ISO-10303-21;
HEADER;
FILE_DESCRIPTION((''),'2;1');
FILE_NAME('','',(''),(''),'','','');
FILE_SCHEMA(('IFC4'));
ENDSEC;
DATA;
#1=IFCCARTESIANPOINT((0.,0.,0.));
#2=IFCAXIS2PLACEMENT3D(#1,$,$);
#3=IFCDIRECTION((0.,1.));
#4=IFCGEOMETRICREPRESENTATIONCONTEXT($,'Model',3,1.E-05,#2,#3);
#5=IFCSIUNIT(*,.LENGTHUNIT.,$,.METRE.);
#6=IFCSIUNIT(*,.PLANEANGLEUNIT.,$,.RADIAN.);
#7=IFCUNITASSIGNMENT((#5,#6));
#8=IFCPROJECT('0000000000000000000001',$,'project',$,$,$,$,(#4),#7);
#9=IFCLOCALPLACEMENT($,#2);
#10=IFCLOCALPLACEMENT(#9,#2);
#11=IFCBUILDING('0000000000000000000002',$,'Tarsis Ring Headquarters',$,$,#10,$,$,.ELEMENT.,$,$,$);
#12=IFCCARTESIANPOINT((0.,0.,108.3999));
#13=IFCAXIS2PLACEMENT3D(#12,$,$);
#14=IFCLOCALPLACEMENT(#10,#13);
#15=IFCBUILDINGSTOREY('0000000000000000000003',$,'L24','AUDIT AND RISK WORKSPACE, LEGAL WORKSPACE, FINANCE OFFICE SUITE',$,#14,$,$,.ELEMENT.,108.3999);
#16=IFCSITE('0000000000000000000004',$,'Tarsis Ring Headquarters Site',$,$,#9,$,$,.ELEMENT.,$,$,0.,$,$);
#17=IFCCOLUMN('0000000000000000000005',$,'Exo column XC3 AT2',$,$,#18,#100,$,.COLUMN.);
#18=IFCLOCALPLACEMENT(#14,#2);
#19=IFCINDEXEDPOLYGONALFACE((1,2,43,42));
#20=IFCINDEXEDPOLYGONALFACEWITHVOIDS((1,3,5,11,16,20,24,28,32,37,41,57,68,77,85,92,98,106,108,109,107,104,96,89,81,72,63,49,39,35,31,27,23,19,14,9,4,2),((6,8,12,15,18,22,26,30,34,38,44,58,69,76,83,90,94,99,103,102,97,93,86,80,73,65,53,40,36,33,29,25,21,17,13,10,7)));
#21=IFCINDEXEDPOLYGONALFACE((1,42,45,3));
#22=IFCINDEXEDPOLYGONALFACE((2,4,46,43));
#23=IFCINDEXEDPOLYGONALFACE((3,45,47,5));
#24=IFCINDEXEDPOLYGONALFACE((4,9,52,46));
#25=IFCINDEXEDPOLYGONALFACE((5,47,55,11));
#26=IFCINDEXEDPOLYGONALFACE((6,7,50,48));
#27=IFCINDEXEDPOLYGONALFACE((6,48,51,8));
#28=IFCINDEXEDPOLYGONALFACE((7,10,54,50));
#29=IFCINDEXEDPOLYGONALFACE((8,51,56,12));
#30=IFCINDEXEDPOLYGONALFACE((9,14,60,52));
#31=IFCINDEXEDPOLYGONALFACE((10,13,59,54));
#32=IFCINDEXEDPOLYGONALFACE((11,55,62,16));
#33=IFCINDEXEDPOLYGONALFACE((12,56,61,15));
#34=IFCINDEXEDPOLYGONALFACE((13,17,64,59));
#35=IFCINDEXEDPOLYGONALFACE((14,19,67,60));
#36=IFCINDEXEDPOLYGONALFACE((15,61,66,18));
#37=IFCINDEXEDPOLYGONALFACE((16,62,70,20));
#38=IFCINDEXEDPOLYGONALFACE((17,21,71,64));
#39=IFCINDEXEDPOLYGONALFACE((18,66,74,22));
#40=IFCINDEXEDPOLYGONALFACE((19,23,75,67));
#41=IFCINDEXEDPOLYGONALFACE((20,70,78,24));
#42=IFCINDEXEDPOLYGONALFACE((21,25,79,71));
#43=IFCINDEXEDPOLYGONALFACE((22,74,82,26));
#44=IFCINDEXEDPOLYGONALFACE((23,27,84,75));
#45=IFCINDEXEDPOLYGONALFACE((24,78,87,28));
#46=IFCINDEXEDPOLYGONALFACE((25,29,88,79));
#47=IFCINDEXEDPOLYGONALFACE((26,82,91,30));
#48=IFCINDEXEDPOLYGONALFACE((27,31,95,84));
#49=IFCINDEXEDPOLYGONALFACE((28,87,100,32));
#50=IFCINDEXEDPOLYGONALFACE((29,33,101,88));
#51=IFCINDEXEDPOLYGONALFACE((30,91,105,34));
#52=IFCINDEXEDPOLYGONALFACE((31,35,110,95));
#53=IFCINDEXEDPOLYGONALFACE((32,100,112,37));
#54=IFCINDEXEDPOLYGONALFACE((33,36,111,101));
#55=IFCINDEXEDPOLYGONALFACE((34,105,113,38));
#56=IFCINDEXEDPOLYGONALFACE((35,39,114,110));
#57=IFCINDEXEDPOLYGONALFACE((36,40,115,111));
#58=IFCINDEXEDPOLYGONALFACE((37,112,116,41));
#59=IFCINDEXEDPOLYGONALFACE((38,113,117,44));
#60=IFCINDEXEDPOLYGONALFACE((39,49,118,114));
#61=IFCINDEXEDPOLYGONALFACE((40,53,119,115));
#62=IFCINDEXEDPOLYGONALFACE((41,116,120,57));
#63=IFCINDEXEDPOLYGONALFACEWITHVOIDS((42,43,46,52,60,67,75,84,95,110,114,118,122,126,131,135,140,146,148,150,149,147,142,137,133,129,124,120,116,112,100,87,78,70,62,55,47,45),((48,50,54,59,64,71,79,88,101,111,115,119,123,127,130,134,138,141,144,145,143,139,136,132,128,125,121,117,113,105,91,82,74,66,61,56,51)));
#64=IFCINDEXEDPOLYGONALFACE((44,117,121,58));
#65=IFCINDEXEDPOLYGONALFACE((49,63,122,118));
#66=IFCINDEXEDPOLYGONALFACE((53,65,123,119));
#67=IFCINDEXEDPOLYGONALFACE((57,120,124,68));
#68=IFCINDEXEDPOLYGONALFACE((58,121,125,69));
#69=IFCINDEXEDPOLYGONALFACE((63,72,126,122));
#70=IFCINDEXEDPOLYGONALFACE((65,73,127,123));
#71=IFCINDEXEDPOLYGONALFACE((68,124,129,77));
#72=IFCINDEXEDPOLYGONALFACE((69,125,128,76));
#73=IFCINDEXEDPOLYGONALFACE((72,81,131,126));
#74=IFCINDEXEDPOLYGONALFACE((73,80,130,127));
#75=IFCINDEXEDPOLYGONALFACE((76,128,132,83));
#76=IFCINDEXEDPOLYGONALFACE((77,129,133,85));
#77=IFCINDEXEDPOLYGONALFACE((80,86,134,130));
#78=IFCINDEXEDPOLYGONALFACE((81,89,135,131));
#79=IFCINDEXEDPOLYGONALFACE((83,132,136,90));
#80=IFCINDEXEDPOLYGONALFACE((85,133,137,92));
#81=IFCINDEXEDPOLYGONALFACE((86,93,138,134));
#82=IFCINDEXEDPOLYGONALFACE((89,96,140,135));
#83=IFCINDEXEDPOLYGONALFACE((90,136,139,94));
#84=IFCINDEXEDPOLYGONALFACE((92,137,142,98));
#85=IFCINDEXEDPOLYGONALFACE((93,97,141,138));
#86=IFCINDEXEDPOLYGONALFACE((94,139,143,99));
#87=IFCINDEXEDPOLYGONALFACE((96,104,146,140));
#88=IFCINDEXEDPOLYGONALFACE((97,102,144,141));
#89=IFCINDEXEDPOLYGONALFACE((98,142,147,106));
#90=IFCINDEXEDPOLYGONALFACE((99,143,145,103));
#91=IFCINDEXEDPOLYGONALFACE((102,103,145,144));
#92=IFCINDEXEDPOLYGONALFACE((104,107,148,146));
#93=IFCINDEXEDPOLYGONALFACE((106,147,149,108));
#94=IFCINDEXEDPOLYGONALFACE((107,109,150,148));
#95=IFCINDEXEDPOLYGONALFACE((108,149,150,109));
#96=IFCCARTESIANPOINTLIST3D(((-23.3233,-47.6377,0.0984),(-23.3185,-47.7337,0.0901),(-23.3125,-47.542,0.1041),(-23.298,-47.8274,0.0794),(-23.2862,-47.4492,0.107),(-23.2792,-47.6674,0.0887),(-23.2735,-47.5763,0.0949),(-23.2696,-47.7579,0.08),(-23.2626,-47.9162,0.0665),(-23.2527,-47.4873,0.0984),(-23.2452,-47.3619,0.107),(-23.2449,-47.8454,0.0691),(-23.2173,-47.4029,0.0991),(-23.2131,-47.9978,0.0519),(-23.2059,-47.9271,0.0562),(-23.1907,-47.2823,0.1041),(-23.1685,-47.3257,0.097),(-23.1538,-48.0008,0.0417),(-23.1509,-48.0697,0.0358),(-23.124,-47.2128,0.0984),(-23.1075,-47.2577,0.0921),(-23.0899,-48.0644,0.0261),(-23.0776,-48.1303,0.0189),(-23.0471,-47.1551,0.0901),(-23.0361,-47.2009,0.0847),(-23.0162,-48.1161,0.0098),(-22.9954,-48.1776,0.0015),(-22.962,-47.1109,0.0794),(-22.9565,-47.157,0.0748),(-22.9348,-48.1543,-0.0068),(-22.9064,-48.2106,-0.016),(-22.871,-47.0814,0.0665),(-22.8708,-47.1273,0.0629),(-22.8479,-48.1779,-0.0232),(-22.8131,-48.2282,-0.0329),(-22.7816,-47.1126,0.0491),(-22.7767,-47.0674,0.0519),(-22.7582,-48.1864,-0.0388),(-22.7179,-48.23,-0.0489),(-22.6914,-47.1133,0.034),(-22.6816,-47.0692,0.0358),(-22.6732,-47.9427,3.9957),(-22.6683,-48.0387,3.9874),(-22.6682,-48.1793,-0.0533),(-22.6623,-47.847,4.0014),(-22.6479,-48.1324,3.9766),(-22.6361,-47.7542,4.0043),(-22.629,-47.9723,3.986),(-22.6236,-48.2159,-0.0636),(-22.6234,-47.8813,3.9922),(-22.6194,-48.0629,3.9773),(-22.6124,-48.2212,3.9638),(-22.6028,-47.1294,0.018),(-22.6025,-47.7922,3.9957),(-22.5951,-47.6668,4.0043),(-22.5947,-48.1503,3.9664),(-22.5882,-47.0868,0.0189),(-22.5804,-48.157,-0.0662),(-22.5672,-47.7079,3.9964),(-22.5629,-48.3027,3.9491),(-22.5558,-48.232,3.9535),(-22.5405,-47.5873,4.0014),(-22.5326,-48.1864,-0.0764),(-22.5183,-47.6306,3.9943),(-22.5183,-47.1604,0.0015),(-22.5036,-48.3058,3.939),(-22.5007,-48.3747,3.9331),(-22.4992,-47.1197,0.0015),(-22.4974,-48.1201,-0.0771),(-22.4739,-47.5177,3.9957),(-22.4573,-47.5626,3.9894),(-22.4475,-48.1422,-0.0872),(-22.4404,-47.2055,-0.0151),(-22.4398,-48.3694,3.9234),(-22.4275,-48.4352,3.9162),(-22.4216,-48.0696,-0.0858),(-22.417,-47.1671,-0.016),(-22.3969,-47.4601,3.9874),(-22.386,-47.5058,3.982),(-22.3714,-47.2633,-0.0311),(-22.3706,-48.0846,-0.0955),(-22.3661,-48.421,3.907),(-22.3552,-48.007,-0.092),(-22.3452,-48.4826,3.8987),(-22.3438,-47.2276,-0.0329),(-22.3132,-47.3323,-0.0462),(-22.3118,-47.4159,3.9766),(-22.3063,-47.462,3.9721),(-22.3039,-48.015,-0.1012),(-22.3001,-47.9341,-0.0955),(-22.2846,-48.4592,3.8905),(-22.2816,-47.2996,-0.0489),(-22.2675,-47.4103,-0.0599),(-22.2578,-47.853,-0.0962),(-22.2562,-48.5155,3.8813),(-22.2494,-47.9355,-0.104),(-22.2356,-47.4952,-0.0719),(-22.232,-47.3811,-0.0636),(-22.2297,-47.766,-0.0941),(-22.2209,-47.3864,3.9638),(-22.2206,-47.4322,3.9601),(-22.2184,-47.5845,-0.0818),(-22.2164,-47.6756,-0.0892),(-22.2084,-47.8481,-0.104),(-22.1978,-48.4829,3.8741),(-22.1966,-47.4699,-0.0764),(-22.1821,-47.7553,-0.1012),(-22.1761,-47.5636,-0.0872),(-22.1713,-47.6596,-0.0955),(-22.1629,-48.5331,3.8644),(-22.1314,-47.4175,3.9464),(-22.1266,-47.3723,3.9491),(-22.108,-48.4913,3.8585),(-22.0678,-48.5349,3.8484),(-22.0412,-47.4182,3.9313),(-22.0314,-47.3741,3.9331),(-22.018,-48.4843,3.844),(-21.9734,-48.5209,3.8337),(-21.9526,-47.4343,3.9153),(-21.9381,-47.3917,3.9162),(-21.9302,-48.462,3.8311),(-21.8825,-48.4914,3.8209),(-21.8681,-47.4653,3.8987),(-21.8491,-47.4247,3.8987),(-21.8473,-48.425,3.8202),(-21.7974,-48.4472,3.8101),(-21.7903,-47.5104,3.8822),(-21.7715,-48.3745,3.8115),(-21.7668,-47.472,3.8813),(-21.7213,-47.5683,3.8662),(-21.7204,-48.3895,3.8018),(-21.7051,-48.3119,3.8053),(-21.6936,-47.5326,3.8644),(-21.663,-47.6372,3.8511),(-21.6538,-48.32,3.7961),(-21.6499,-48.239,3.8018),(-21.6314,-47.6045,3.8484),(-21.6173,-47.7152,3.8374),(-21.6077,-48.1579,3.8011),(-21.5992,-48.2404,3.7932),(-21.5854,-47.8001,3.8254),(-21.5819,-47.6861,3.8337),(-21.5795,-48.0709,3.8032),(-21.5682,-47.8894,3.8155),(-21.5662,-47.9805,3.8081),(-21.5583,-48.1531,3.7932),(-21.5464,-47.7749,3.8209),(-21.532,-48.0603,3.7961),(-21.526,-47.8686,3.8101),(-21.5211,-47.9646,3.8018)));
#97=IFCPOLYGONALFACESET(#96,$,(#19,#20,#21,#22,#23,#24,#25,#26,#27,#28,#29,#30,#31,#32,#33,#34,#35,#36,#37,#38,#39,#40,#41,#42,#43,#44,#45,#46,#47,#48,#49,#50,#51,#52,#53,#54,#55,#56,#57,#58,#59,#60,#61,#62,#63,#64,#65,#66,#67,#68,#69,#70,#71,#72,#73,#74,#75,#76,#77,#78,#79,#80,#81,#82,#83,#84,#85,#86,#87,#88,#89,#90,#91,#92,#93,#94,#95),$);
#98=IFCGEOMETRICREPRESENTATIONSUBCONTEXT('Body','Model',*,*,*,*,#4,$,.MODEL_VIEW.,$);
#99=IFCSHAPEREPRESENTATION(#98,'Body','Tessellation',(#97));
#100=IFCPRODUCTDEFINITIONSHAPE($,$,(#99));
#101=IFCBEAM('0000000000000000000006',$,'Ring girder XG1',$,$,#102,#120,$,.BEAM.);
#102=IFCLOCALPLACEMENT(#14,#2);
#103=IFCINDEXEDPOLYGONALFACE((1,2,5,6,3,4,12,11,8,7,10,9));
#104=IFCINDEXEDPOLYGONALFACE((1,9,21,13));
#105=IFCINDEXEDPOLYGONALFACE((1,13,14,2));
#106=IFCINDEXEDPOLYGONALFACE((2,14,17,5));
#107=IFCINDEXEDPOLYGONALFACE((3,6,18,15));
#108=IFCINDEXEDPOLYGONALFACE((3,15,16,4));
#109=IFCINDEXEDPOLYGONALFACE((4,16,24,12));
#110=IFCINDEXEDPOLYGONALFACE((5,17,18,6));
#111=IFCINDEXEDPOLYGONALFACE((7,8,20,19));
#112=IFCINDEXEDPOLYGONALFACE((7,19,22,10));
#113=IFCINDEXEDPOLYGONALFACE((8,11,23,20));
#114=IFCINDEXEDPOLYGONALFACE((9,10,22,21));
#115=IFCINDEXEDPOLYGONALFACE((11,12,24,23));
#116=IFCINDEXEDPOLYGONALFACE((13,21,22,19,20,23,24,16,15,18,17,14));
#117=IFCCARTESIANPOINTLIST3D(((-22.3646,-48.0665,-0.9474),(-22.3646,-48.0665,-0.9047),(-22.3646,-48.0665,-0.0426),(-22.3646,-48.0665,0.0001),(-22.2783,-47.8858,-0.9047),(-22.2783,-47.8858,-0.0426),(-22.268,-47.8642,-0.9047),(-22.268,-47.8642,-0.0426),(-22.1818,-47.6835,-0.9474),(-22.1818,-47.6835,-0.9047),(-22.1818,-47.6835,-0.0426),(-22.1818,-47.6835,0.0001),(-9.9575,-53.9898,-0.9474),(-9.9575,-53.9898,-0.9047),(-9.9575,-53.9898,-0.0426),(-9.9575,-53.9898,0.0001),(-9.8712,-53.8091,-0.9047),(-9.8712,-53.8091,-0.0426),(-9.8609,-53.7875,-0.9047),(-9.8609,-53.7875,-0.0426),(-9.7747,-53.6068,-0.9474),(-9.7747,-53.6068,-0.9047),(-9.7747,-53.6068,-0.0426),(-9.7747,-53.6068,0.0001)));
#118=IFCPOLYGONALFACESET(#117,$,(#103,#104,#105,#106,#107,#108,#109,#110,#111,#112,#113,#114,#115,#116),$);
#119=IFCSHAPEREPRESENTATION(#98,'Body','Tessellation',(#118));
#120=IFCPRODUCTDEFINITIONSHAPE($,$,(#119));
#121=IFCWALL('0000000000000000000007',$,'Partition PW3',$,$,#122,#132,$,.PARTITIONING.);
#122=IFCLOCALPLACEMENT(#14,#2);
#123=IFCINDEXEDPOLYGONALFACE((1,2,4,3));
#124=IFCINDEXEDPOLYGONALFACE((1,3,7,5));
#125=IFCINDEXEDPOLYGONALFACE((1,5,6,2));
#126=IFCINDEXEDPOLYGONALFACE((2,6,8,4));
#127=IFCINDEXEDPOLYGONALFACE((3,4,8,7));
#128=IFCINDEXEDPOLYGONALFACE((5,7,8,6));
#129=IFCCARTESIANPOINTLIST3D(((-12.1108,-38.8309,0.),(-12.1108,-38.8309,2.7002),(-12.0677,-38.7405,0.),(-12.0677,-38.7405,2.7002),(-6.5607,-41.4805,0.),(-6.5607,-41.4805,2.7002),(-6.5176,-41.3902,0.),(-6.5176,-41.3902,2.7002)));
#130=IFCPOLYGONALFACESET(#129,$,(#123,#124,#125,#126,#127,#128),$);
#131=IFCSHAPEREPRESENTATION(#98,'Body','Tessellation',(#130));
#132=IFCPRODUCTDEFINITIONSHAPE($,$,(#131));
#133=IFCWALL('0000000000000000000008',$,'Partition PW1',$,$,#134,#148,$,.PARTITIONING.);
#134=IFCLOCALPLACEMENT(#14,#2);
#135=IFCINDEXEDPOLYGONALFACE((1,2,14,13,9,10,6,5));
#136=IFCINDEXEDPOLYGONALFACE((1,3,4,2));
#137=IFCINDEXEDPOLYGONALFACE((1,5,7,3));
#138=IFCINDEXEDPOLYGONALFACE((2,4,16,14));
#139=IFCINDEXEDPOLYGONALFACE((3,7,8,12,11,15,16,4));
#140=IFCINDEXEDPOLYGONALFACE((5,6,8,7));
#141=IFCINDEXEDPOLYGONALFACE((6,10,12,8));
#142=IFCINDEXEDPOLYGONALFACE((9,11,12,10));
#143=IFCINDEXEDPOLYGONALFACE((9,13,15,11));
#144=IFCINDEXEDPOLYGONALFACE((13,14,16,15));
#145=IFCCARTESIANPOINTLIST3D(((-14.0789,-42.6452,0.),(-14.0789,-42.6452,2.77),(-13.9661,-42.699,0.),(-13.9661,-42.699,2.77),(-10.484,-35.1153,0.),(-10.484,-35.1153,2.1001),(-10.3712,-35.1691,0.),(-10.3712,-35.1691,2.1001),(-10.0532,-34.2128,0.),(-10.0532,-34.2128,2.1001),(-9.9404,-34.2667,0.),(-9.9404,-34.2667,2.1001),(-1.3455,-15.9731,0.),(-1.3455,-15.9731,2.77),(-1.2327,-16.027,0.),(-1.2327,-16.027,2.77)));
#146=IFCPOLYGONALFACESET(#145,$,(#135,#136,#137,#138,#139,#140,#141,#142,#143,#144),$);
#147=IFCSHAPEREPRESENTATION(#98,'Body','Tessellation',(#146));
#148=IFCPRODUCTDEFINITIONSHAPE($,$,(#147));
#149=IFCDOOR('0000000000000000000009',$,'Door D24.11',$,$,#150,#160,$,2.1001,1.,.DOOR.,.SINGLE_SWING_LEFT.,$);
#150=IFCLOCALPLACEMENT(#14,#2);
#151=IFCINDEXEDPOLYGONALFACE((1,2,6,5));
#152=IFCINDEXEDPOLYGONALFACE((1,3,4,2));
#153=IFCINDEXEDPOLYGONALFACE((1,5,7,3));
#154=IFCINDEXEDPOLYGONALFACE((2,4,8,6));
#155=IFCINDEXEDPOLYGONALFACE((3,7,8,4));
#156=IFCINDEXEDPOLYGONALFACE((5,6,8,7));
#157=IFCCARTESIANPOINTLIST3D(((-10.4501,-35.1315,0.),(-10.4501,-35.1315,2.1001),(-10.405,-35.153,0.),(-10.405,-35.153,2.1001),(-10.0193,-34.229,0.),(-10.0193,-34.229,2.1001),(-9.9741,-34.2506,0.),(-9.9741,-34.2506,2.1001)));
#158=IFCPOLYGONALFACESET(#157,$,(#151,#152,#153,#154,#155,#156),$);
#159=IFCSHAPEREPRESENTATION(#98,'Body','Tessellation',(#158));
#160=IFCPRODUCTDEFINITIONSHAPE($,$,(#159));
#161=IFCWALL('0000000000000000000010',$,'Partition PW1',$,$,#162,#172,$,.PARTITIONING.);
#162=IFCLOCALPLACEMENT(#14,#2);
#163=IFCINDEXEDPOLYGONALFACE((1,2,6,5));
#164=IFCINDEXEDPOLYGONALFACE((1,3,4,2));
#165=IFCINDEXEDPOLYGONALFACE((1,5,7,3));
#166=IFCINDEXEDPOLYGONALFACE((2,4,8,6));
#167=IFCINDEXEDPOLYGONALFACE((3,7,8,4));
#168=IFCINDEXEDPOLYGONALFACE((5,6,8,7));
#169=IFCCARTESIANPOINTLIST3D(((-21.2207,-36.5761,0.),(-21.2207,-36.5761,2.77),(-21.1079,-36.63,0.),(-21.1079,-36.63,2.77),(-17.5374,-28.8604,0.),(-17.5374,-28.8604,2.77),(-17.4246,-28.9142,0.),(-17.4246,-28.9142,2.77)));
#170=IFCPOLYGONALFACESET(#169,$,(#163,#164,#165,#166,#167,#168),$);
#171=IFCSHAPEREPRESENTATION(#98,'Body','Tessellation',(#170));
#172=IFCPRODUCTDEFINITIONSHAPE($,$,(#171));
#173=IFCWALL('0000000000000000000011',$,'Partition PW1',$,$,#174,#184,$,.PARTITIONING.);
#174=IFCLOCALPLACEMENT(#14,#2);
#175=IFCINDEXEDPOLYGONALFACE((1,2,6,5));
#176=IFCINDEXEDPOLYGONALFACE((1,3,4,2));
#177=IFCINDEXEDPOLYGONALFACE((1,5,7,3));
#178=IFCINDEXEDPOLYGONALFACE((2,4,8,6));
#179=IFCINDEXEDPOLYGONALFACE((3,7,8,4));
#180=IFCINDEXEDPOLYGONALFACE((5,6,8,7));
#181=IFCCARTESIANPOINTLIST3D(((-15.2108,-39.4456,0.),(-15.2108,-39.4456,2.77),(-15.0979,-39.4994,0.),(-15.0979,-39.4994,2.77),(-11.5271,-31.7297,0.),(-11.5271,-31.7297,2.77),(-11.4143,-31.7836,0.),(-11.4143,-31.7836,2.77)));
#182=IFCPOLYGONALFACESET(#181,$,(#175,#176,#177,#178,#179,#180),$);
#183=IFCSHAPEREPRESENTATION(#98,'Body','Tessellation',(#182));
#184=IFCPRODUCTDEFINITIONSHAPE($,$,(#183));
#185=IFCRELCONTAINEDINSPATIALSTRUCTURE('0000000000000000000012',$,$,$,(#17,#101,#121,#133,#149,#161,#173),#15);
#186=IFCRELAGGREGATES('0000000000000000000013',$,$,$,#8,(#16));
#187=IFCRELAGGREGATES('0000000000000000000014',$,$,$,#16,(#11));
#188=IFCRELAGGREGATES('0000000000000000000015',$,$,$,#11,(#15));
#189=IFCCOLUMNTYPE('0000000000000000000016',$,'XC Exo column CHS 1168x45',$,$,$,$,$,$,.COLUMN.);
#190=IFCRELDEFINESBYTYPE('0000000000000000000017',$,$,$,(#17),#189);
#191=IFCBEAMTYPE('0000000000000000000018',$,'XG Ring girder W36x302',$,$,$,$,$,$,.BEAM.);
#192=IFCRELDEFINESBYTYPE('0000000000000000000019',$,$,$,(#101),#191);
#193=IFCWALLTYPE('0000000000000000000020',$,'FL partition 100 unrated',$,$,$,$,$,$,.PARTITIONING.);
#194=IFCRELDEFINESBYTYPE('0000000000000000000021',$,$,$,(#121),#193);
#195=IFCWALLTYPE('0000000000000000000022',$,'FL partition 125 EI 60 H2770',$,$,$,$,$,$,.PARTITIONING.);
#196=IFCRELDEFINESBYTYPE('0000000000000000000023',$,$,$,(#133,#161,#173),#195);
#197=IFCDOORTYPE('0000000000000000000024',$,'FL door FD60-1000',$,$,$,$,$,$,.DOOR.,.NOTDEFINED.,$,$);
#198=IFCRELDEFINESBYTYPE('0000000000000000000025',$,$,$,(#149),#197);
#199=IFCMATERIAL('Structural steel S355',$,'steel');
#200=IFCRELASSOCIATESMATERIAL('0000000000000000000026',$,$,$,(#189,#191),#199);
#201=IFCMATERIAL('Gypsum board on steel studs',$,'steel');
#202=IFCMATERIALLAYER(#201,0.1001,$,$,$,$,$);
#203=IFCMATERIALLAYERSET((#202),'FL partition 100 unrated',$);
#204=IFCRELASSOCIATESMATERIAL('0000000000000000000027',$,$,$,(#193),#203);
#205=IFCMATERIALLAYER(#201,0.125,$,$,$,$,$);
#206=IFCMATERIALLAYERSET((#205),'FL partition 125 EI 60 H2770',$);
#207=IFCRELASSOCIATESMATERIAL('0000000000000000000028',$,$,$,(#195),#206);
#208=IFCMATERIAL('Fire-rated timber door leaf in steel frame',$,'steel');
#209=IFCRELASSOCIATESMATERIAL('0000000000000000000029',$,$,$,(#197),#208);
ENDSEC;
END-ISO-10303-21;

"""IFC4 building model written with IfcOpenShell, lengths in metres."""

from ifc_helpers import new_model, si_unit, direction, frame, frame_2d, origin, origin_2d, place, context, subcontext, project, spatial, rectangle, hollow_circle, i_section, extrude, material, layer, layer_set, material_profile, profile_set, type_object, element, fill, save


model = new_model("IFC4")

# Units and contexts
model_context = context("Model", 3, precision=1e-05, world=origin(), true_north=direction((0.0, 1.0)))
body_context = subcontext(model_context, "Body", "Model", "MODEL_VIEW")
ifc_project = project(units=[si_unit("LENGTHUNIT", "METRE"), si_unit("PLANEANGLEUNIT", "RADIAN")], contexts=[model_context])

# Site, building, storey
site_placement = place(None, origin())
site = spatial("IfcSite", under=ifc_project, at=site_placement, Name="Tarsis Ring Headquarters Site", CompositionType="ELEMENT", RefElevation=0.0)
building_placement = place(site_placement, origin())
building = spatial("IfcBuilding", under=site, at=building_placement, Name="Tarsis Ring Headquarters", CompositionType="ELEMENT")
storey_placement = place(building_placement, frame((0.0, 0.0, 108.3999)))
storey = spatial("IfcBuildingStorey", under=building, at=storey_placement, Name="L24", Description="AUDIT AND RISK WORKSPACE, LEGAL WORKSPACE, FINANCE OFFICE SUITE", CompositionType="ELEMENT", Elevation=108.3999)

# Column
ifc_material_1 = material(Name="Structural steel S355", Category="steel")
ifc_material_profile_1 = material_profile(ifc_material_1, hollow_circle(Radius=0.5842, WallThickness=0.0449, at=origin_2d()), Name="CHS 1168x45")
ifc_profile_set_1 = profile_set([ifc_material_profile_1], Name="Structural steel S355")
column_type = type_object("IfcColumnType", Name="XC Exo column CHS 1168x45", PredefinedType="COLUMN", material=ifc_profile_set_1)
column_placement = place(storey_placement, frame((-22.7473, -47.6487, 0.0015), z_axis=(0.164061, -0.076948, 0.983444), x_axis=(0.424634, 0.905365, 0.0)))
element("IfcColumn", 1, at=column_placement, inside=storey, type_object=column_type, Name="Exo column XC3 AT2", PredefinedType="COLUMN", context=body_context, shape_type="SweptSolid", body=[
    extrude(hollow_circle(Radius=0.5842, WallThickness=0.0449, at=origin_2d()), origin(), (0.0, 0.0, 1.0), 3.9629),
])

# Beam
ifc_material_profile_2 = material_profile(ifc_material_1, i_section(OverallWidth=0.4243, OverallDepth=0.9475, WebThickness=0.0239, FlangeThickness=0.0427, at=origin_2d()), Name="W36x302")
ifc_profile_set_2 = profile_set([ifc_material_profile_2], Name="Structural steel S355")
beam_type = type_object("IfcBeamType", Name="XG Ring girder W36x302", PredefinedType="BEAM", material=ifc_profile_set_2)
beam_placement = place(storey_placement, frame((-22.2732, -47.875, -0.4736), z_axis=(0.902433, -0.430831, 0.0), x_axis=(0.430831, 0.902433, 0.0)))
element("IfcBeam", 2, at=beam_placement, inside=storey, type_object=beam_type, Name="Ring girder XG1", PredefinedType="BEAM", context=body_context, shape_type="SweptSolid", body=[
    extrude(i_section(OverallWidth=0.4243, OverallDepth=0.9475, WebThickness=0.0239, FlangeThickness=0.0427, at=origin_2d()), origin(), (0.0, 0.0, 1.0), 13.7485),
])

# Wall
ifc_material_2 = material(Name="Gypsum board on steel studs", Category="steel")
ifc_layer_1 = layer(ifc_material_2, 0.1001)
ifc_layer_set_1 = layer_set([ifc_layer_1], Name="FL partition 100 unrated")
wall_type_1 = type_object("IfcWallType", Name="FL partition 100 unrated", PredefinedType="PARTITIONING", material=ifc_layer_set_1)
wall_1_placement = place(storey_placement, frame((-12.0894, -38.7856, 0.0), z_axis=(0.0, 0.0, 1.0), x_axis=(0.902432, -0.430832, 0.0)))
element("IfcWall", 3, at=wall_1_placement, inside=storey, type_object=wall_type_1, Name="Partition PW3", PredefinedType="PARTITIONING", context=body_context, shape_type="SweptSolid", body=[
    extrude(rectangle(XDim=6.1501, YDim=0.1001, at=frame_2d((3.0752, 0.0))), origin(), (0.0, 0.0, 1.0), 2.7002),
])

# Wall, opening, door
ifc_layer_2 = layer(ifc_material_2, 0.125)
ifc_layer_set_2 = layer_set([ifc_layer_2], Name="FL partition 125 EI 60 H2770")
wall_type_2 = type_object("IfcWallType", Name="FL partition 125 EI 60 H2770", PredefinedType="PARTITIONING", material=ifc_layer_set_2)
wall_2_placement = place(storey_placement, frame((-14.0225, -42.6721, 0.0), z_axis=(0.0, 0.0, 1.0), x_axis=(0.430827, 0.902435, 0.0)))
wall_2 = element("IfcWall", 4, at=wall_2_placement, inside=storey, type_object=wall_type_2, Name="Partition PW1", PredefinedType="PARTITIONING", context=body_context, shape_type="SweptSolid", body=[
    extrude(rectangle(XDim=29.5557, YDim=0.125, at=frame_2d((14.7778, 0.0))), origin(), (0.0, 0.0, 1.0), 2.77),
])
opening_placement = place(wall_2_placement, frame((8.344, 0.0, 0.0)))
opening = element("IfcOpeningElement", 5, at=opening_placement, cuts=wall_2, PredefinedType="OPENING", context=body_context, shape_type="SweptSolid", body=[
    extrude(rectangle(XDim=1.0, YDim=2.1001, at=frame_2d((0.5, 1.05))), frame((0.0, 0.0725, 0.0), z_axis=(0.0, -1.0, 0.0), x_axis=(1.0, 0.0, 0.0)), (0.0, 0.0, 1.0), 0.145),
])
ifc_material_3 = material(Name="Fire-rated timber door leaf in steel frame", Category="steel")
door_type = type_object("IfcDoorType", Name="FL door FD60-1000", OperationType="NOTDEFINED", PredefinedType="DOOR", material=ifc_material_3)
door_placement = place(opening_placement, origin())
door = element("IfcDoor", 6, at=door_placement, inside=storey, type_object=door_type, Name="Door D24.11", OperationType="SINGLE_SWING_LEFT", OverallHeight=2.1001, OverallWidth=1.0, PredefinedType="DOOR", context=body_context, shape_type="SweptSolid", body=[
    extrude(rectangle(XDim=1.0, YDim=2.1001, at=frame_2d((0.5, 1.05))), frame((0.0, 0.0249, 0.0), z_axis=(0.0, -1.0, 0.0), x_axis=(1.0, 0.0, 0.0)), (0.0, 0.0, 1.0), 0.05),
])
fill(opening, door)

# Walls
wall_3_placement = place(storey_placement, frame((-21.1643, -36.603, 0.0), z_axis=(0.0, 0.0, 1.0), x_axis=(0.430806, 0.902445, 0.0)))
element("IfcWall", 7, at=wall_3_placement, inside=storey, type_object=wall_type_2, Name="Partition PW1", PredefinedType="PARTITIONING", context=body_context, shape_type="SweptSolid", body=[
    extrude(rectangle(XDim=8.5498, YDim=0.125, at=frame_2d((4.2749, 0.0))), origin(), (0.0, 0.0, 1.0), 2.77),
])
wall_4_placement = place(storey_placement, frame((-15.1543, -39.4724, 0.0), z_axis=(0.0, 0.0, 1.0), x_axis=(0.430829, 0.902434, 0.0)))
element("IfcWall", 8, at=wall_4_placement, inside=storey, type_object=wall_type_2, Name="Partition PW1", PredefinedType="PARTITIONING", context=body_context, shape_type="SweptSolid", body=[
    extrude(rectangle(XDim=8.55, YDim=0.125, at=frame_2d((4.2749, 0.0))), origin(), (0.0, 0.0, 1.0), 2.77),
])

save(model, "model.ifc")
